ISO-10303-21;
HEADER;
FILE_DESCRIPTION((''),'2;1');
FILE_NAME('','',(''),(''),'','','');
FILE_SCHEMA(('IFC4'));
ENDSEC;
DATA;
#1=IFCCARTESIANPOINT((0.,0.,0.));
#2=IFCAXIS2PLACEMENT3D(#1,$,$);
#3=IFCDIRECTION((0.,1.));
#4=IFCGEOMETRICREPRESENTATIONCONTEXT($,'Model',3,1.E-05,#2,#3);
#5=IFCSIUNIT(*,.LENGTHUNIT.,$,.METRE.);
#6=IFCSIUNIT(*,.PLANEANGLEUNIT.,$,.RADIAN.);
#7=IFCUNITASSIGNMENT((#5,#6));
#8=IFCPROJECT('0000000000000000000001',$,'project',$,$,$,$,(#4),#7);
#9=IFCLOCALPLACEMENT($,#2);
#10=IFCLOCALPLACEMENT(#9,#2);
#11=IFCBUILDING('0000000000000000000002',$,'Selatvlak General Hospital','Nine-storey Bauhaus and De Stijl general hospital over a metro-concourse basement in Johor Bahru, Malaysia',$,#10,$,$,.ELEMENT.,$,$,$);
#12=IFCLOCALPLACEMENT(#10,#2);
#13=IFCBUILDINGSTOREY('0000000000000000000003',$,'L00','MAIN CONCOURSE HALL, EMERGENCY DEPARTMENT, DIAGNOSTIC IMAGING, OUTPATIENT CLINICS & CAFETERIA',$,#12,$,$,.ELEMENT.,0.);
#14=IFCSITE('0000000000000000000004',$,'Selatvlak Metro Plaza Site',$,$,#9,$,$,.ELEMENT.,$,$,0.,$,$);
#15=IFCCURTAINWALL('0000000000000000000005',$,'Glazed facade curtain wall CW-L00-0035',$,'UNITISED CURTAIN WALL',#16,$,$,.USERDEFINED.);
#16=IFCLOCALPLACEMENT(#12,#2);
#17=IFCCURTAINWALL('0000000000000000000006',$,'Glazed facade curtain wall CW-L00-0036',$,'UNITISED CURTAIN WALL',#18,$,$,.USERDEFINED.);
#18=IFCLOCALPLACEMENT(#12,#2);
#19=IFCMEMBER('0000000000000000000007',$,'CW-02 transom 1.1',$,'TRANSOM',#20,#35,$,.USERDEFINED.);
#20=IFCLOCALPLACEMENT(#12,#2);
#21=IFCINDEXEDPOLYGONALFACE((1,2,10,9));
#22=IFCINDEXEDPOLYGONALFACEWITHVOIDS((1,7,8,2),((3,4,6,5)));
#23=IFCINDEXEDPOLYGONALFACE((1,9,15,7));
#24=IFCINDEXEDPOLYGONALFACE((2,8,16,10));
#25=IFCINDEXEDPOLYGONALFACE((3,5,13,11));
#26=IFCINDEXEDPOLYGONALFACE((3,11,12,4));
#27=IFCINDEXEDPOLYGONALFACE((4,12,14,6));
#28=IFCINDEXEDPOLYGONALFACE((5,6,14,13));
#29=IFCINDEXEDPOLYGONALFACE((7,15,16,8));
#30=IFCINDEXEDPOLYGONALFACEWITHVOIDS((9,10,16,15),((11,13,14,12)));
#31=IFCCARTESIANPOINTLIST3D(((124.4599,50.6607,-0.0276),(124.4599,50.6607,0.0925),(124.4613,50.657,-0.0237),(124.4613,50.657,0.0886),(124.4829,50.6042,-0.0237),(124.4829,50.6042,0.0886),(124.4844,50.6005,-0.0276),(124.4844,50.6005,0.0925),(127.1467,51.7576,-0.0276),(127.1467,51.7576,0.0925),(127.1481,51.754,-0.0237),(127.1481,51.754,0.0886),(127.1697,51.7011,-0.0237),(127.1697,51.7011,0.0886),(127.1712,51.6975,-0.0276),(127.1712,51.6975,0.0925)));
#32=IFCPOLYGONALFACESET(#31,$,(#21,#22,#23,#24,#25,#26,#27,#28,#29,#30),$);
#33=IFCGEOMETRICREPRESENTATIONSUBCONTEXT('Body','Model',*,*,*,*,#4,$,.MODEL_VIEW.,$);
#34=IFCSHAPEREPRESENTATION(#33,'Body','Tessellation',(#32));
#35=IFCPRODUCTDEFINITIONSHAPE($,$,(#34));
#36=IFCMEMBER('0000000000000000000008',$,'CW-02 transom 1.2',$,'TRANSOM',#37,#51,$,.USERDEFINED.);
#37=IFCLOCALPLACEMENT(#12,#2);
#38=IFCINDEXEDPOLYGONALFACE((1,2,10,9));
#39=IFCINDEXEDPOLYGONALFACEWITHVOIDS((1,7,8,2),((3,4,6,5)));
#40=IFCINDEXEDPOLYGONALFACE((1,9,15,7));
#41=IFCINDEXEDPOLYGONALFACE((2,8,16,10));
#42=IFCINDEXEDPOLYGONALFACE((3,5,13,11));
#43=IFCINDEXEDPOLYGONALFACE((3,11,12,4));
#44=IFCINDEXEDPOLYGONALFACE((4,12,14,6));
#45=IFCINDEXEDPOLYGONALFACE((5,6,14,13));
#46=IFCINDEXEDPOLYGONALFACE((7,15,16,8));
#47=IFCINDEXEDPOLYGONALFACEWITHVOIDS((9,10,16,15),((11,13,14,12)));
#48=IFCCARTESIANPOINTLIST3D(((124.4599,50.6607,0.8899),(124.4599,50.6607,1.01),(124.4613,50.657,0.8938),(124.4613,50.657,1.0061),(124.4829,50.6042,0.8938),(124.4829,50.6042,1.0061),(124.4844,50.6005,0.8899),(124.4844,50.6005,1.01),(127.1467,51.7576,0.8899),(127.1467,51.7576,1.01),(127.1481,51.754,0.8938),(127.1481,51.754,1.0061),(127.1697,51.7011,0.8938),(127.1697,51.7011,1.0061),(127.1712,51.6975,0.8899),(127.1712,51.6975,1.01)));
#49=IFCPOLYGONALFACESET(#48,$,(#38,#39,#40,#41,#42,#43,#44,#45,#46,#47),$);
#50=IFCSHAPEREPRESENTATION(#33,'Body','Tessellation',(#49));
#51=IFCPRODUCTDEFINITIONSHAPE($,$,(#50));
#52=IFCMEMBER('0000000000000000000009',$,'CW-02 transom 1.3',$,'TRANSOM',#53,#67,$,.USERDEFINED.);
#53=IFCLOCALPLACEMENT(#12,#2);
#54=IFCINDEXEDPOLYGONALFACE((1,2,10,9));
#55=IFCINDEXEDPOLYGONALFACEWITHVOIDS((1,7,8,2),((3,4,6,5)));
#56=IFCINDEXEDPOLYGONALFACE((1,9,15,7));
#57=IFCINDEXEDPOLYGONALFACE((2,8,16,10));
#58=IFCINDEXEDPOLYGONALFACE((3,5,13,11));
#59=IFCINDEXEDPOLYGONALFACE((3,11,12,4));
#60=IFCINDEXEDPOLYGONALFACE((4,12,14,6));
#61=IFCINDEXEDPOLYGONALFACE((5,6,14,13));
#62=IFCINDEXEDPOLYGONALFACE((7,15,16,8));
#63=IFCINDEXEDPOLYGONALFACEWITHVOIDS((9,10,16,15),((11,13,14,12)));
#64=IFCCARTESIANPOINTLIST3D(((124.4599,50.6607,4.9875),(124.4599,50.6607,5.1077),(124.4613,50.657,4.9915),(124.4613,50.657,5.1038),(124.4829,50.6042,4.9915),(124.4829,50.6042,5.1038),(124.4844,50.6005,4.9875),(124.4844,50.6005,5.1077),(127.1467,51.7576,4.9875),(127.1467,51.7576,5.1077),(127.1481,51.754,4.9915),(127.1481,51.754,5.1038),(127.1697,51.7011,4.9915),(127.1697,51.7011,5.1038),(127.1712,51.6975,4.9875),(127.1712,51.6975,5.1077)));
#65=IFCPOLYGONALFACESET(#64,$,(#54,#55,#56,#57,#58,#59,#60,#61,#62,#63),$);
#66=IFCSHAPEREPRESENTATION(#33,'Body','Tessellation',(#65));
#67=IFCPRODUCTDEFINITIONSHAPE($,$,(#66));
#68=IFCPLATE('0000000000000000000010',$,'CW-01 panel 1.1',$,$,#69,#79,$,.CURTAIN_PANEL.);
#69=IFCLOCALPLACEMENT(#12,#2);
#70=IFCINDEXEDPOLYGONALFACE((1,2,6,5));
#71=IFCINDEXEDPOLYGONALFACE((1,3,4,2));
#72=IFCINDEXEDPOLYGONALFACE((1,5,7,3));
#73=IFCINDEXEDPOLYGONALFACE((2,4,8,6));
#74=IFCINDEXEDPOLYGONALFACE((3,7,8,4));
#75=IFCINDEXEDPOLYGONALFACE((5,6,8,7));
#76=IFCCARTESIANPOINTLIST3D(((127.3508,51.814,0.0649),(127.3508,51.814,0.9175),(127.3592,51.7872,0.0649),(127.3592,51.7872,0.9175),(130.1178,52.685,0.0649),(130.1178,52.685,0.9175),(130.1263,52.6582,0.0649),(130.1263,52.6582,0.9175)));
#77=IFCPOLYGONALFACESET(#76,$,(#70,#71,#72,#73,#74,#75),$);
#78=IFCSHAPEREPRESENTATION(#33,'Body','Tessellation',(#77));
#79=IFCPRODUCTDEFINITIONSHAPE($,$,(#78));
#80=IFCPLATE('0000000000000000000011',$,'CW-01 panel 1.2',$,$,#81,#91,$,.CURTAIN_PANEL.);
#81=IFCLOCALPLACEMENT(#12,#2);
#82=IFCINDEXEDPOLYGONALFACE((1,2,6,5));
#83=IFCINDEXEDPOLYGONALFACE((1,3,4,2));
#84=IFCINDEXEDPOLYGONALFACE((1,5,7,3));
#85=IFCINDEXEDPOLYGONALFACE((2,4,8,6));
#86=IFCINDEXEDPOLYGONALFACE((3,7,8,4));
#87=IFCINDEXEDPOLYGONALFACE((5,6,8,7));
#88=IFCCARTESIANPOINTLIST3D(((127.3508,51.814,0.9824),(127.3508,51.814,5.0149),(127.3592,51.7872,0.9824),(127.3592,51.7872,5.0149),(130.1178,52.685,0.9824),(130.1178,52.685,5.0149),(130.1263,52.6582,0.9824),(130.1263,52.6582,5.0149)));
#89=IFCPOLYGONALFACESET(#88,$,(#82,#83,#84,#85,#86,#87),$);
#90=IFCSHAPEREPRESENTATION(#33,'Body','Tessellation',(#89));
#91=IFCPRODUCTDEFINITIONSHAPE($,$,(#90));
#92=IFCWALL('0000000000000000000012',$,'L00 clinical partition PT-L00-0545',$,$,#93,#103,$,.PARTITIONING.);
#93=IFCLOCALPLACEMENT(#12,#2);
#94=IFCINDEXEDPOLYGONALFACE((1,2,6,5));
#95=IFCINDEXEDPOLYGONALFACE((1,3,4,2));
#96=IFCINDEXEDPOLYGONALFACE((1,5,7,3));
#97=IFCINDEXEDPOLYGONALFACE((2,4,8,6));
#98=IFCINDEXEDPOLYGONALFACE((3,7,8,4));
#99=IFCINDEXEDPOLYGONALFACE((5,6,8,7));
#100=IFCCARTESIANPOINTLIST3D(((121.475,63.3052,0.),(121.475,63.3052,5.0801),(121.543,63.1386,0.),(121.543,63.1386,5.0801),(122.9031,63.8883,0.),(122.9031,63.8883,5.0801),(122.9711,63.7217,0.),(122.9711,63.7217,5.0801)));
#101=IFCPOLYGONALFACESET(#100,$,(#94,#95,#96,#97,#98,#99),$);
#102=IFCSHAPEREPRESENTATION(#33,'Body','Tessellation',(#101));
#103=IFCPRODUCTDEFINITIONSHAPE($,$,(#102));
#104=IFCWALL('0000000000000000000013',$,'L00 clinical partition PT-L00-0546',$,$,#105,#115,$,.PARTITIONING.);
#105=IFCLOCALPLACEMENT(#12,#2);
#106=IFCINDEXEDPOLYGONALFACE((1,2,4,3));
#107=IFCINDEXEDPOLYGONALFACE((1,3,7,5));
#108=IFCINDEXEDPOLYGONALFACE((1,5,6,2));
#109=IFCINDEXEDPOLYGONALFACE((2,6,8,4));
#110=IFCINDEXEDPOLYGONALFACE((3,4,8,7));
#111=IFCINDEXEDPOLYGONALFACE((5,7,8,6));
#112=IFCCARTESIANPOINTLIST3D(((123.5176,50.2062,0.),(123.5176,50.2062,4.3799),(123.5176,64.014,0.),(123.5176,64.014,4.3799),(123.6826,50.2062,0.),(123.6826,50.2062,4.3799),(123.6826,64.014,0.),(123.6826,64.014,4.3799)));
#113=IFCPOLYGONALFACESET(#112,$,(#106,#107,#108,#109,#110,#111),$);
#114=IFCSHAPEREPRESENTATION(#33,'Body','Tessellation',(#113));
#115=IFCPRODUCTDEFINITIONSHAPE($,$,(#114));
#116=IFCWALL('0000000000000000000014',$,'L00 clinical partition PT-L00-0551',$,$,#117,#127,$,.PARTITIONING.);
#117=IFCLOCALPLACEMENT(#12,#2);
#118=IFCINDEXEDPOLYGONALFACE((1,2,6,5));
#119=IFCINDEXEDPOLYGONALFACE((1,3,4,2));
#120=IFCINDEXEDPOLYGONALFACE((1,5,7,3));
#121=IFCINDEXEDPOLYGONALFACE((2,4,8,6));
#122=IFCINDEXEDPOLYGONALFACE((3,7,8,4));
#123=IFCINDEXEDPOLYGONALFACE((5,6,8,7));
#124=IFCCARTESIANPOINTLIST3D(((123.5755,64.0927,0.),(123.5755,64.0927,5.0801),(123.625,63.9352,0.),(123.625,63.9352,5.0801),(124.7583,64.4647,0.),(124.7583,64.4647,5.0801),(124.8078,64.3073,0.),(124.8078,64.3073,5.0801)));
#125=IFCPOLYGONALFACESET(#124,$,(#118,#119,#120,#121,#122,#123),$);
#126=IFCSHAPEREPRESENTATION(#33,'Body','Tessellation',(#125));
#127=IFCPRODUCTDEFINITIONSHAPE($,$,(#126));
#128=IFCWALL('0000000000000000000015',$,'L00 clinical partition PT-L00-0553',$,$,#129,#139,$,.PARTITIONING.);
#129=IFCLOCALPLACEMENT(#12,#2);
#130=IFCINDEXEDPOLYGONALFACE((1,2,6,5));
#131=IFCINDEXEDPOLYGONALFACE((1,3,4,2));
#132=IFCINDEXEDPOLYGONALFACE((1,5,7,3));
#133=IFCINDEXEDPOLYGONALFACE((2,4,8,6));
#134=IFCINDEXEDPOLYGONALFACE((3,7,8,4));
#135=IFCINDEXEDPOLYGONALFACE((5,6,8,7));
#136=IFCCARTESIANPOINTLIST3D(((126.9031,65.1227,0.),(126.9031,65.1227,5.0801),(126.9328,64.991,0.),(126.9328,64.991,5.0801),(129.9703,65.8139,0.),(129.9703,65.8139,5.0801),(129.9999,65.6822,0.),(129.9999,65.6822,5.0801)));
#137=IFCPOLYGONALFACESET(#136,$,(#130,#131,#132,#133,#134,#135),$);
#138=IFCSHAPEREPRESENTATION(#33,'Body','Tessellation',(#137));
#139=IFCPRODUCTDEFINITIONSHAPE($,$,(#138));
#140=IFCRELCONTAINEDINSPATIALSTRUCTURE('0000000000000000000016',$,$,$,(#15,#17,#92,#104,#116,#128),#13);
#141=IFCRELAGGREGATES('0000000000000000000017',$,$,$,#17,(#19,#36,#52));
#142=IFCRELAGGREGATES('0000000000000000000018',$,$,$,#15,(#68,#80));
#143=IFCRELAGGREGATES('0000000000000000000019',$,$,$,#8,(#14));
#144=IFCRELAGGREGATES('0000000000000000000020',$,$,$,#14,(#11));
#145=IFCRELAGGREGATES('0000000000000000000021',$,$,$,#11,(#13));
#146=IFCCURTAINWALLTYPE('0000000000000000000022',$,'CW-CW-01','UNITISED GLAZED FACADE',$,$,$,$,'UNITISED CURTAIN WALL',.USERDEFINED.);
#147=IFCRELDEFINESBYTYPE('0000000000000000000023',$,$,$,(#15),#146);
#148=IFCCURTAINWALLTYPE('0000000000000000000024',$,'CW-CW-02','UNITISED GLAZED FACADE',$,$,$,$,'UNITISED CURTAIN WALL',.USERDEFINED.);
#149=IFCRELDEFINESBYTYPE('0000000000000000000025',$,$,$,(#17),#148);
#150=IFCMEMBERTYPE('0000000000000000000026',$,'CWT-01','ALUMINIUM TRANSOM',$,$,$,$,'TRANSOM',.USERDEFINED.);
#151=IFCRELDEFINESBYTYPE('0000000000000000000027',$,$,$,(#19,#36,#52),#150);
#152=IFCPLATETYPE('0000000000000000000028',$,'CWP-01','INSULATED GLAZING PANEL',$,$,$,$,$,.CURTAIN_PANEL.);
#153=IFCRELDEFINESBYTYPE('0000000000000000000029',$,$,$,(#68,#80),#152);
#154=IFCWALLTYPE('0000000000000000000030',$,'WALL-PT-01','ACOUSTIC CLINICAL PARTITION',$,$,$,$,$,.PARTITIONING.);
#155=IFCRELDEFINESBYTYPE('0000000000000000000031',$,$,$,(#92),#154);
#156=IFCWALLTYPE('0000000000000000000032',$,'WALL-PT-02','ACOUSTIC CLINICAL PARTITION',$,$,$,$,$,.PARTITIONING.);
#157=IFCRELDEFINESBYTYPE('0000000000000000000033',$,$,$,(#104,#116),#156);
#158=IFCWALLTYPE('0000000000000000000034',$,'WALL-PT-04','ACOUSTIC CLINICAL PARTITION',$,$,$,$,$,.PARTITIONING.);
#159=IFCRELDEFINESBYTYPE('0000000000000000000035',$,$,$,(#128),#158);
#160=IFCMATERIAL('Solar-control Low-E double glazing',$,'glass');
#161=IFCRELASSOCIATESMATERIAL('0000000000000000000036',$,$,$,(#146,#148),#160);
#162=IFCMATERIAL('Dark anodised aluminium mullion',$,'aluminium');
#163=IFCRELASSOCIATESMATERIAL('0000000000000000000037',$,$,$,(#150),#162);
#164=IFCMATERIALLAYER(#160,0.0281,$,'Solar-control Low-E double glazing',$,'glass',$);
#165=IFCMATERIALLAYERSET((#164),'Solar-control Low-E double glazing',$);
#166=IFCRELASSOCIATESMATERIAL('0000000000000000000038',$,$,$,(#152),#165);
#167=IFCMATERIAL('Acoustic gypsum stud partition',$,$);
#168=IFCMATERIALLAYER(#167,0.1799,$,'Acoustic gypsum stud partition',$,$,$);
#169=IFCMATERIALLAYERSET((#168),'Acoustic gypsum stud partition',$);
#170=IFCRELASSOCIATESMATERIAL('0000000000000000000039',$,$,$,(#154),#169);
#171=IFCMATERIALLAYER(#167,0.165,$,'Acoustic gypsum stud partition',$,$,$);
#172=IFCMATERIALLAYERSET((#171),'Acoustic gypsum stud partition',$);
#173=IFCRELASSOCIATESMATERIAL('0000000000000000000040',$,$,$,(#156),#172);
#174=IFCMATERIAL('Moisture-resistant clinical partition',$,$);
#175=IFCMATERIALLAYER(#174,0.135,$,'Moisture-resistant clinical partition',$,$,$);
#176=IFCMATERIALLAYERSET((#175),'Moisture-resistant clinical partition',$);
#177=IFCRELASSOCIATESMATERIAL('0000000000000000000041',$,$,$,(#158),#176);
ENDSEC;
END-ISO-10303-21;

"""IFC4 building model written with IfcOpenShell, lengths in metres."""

from ifc_helpers import new_model, si_unit, direction, frame, frame_2d, origin, origin_2d, place, context, subcontext, project, spatial, rectangle, hollow_rectangle, extrude, material, layer, layer_set, material_profile, profile_set, type_object, element, aggregate, save


model = new_model("IFC4")

# Units and contexts
model_context = context("Model", 3, precision=1e-05, world=origin(), true_north=direction((0.0, 1.0)))
body_context = subcontext(model_context, "Body", "Model", "MODEL_VIEW")
ifc_project = project(units=[si_unit("LENGTHUNIT", "METRE"), si_unit("PLANEANGLEUNIT", "RADIAN")], contexts=[model_context])

# Site, building, storey
site_placement = place(None, origin())
site = spatial("IfcSite", under=ifc_project, at=site_placement, Name="Selatvlak Metro Plaza Site", CompositionType="ELEMENT", RefElevation=0.0)
building_placement = place(site_placement, origin())
building = spatial("IfcBuilding", under=site, at=building_placement, Name="Selatvlak General Hospital", Description="Nine-storey Bauhaus and De Stijl general hospital over a metro-concourse basement in Johor Bahru, Malaysia", CompositionType="ELEMENT")
storey_placement = place(building_placement, origin())
storey = spatial("IfcBuildingStorey", under=building, at=storey_placement, Name="L00", Description="MAIN CONCOURSE HALL, EMERGENCY DEPARTMENT, DIAGNOSTIC IMAGING, OUTPATIENT CLINICS & CAFETERIA", CompositionType="ELEMENT", Elevation=0.0)

# Curtain walls
ifc_material_1 = material(Name="Solar-control Low-E double glazing", Category="glass")
curtain_wall_type_1 = type_object("IfcCurtainWallType", Name="CW-CW-01", Description="UNITISED GLAZED FACADE", ElementType="UNITISED CURTAIN WALL", PredefinedType="USERDEFINED", material=ifc_material_1)
curtain_wall_1_placement = place(storey_placement, origin())
curtain_wall_1 = element("IfcCurtainWall", 1, at=curtain_wall_1_placement, inside=storey, type_object=curtain_wall_type_1, Name="Glazed facade curtain wall CW-L00-0035", ObjectType="UNITISED CURTAIN WALL", PredefinedType="USERDEFINED")
ifc_material_2 = material(Name="Dark anodised aluminium mullion", Category="aluminium")
curtain_wall_type_2 = type_object("IfcCurtainWallType", Name="CW-CW-02", Description="UNITISED GLAZED FACADE", ElementType="UNITISED CURTAIN WALL", PredefinedType="USERDEFINED", material=ifc_material_1)
curtain_wall_2_placement = place(storey_placement, origin())
curtain_wall_2 = element("IfcCurtainWall", 2, at=curtain_wall_2_placement, inside=storey, type_object=curtain_wall_type_2, Name="Glazed facade curtain wall CW-L00-0036", ObjectType="UNITISED CURTAIN WALL", PredefinedType="USERDEFINED")

# Members
ifc_material_profile_1 = material_profile(ifc_material_2, hollow_rectangle(XDim=0.0649, YDim=0.1201, WallThickness=0.0039, at=origin_2d()), Name="AL-TRN 65x120x4")
ifc_profile_set_1 = profile_set([ifc_material_profile_1], Name="Dark anodised aluminium mullion")
member_type_1 = type_object("IfcMemberType", Name="CWT-01", Description="ALUMINIUM TRANSOM", ElementType="TRANSOM", PredefinedType="USERDEFINED", material=ifc_profile_set_1)
member_1_placement = place(storey_placement, frame((127.1589, 51.7275, 0.0325), z_axis=(-0.925813, -0.377981, 0.0), x_axis=(0.377981, -0.925813, 0.0)))
member_1 = element("IfcMember", 3, at=member_1_placement, type_object=member_type_1, Name="CW-02 transom 1.1", ObjectType="TRANSOM", PredefinedType="USERDEFINED", context=body_context, shape_type="SweptSolid", body=[
    extrude(hollow_rectangle(XDim=0.0649, YDim=0.1201, WallThickness=0.0039, at=origin_2d()), origin(), (0.0, 0.0, 1.0), 2.9021),
])
member_2_placement = place(storey_placement, frame((127.1589, 51.7275, 0.95), z_axis=(-0.925813, -0.377981, 0.0), x_axis=(0.377981, -0.925813, 0.0)))
member_2 = element("IfcMember", 4, at=member_2_placement, type_object=member_type_1, Name="CW-02 transom 1.2", ObjectType="TRANSOM", PredefinedType="USERDEFINED", context=body_context, shape_type="SweptSolid", body=[
    extrude(hollow_rectangle(XDim=0.0649, YDim=0.1201, WallThickness=0.0039, at=origin_2d()), origin(), (0.0, 0.0, 1.0), 2.9021),
])
member_3_placement = place(storey_placement, frame((127.1589, 51.7275, 5.0476), z_axis=(-0.925813, -0.377981, 0.0), x_axis=(0.377981, -0.925813, 0.0)))
member_3 = element("IfcMember", 5, at=member_3_placement, type_object=member_type_1, Name="CW-02 transom 1.3", ObjectType="TRANSOM", PredefinedType="USERDEFINED", context=body_context, shape_type="SweptSolid", body=[
    extrude(hollow_rectangle(XDim=0.0649, YDim=0.1201, WallThickness=0.0039, at=origin_2d()), origin(), (0.0, 0.0, 1.0), 2.9021),
])
aggregate(curtain_wall_2, [member_1, member_2, member_3])

# Plates
ifc_layer_1 = layer(ifc_material_1, 0.0281, Name="Solar-control Low-E double glazing", Category="glass")
ifc_layer_set_1 = layer_set([ifc_layer_1], Name="Solar-control Low-E double glazing")
plate_type = type_object("IfcPlateType", Name="CWP-01", Description="INSULATED GLAZING PANEL", PredefinedType="CURTAIN_PANEL", material=ifc_layer_set_1)
plate_1_placement = place(storey_placement, frame((128.7385, 52.2361, 0.0649), z_axis=(0.0, 0.0, 1.0), x_axis=(-0.953862, -0.300247, 0.0)))
plate_1 = element("IfcPlate", 6, at=plate_1_placement, type_object=plate_type, Name="CW-01 panel 1.1", PredefinedType="CURTAIN_PANEL", context=body_context, shape_type="SweptSolid", body=[
    extrude(rectangle(XDim=2.9009, YDim=0.0281, at=origin_2d()), origin(), (0.0, 0.0, 1.0), 0.8525),
])
plate_2_placement = place(storey_placement, frame((128.7385, 52.2361, 0.9824), z_axis=(0.0, 0.0, 1.0), x_axis=(-0.953862, -0.300247, 0.0)))
plate_2 = element("IfcPlate", 7, at=plate_2_placement, type_object=plate_type, Name="CW-01 panel 1.2", PredefinedType="CURTAIN_PANEL", context=body_context, shape_type="SweptSolid", body=[
    extrude(rectangle(XDim=2.9009, YDim=0.0281, at=origin_2d()), origin(), (0.0, 0.0, 1.0), 4.0325),
])
aggregate(curtain_wall_1, [plate_1, plate_2])

# Walls
ifc_material_3 = material(Name="Acoustic gypsum stud partition")
ifc_layer_2 = layer(ifc_material_3, 0.1799, Name="Acoustic gypsum stud partition")
ifc_layer_set_2 = layer_set([ifc_layer_2], Name="Acoustic gypsum stud partition")
wall_type_1 = type_object("IfcWallType", Name="WALL-PT-01", Description="ACOUSTIC CLINICAL PARTITION", PredefinedType="PARTITIONING", material=ifc_layer_set_2)
wall_1_placement = place(storey_placement, frame((121.509, 63.2219, 0.0), z_axis=(0.0, 0.0, 1.0), x_axis=(0.925811, 0.377986, 0.0)))
element("IfcWall", 8, at=wall_1_placement, inside=storey, type_object=wall_type_1, Name="L00 clinical partition PT-L00-0545", PredefinedType="PARTITIONING", context=body_context, shape_type="SweptSolid", body=[
    extrude(rectangle(XDim=1.5425, YDim=0.1799, at=frame_2d((0.7712, 0.0))), origin(), (0.0, 0.0, 1.0), 5.0801),
])
ifc_layer_3 = layer(ifc_material_3, 0.165, Name="Acoustic gypsum stud partition")
ifc_layer_set_3 = layer_set([ifc_layer_3], Name="Acoustic gypsum stud partition")
wall_type_2 = type_object("IfcWallType", Name="WALL-PT-02", Description="ACOUSTIC CLINICAL PARTITION", PredefinedType="PARTITIONING", material=ifc_layer_set_3)
wall_2_placement = place(storey_placement, frame((123.6001, 64.0139, 0.0), z_axis=(0.0, 0.0, 1.0), x_axis=(0.0, -1.0, 0.0)))
element("IfcWall", 9, at=wall_2_placement, inside=storey, type_object=wall_type_2, Name="L00 clinical partition PT-L00-0546", PredefinedType="PARTITIONING", context=body_context, shape_type="SweptSolid", body=[
    extrude(rectangle(XDim=13.8079, YDim=0.165, at=frame_2d((6.9038, 0.0))), origin(), (0.0, 0.0, 1.0), 4.3799),
])
wall_3_placement = place(storey_placement, frame((123.6001, 64.0139, 0.0), z_axis=(0.0, 0.0, 1.0), x_axis=(0.953921, 0.300057, 0.0)))
element("IfcWall", 10, at=wall_3_placement, inside=storey, type_object=wall_type_2, Name="L00 clinical partition PT-L00-0551", PredefinedType="PARTITIONING", context=body_context, shape_type="SweptSolid", body=[
    extrude(rectangle(XDim=1.24, YDim=0.165, at=frame_2d((0.6201, 0.0))), origin(), (0.0, 0.0, 1.0), 5.0801),
])

# Wall
ifc_material_4 = material(Name="Moisture-resistant clinical partition")
ifc_layer_4 = layer(ifc_material_4, 0.135, Name="Moisture-resistant clinical partition")
ifc_layer_set_4 = layer_set([ifc_layer_4], Name="Moisture-resistant clinical partition")
wall_type_3 = type_object("IfcWallType", Name="WALL-PT-04", Description="ACOUSTIC CLINICAL PARTITION", PredefinedType="PARTITIONING", material=ifc_layer_set_4)
wall_4_placement = place(storey_placement, frame((126.918, 65.0569, 0.0), z_axis=(0.0, 0.0, 1.0), x_axis=(0.975538, 0.219832, 0.0)))
element("IfcWall", 11, at=wall_4_placement, inside=storey, type_object=wall_type_3, Name="L00 clinical partition PT-L00-0553", PredefinedType="PARTITIONING", context=body_context, shape_type="SweptSolid", body=[
    extrude(rectangle(XDim=3.144, YDim=0.135, at=frame_2d((1.572, 0.0))), origin(), (0.0, 0.0, 1.0), 5.0801),
])

save(model, "model.ifc")
